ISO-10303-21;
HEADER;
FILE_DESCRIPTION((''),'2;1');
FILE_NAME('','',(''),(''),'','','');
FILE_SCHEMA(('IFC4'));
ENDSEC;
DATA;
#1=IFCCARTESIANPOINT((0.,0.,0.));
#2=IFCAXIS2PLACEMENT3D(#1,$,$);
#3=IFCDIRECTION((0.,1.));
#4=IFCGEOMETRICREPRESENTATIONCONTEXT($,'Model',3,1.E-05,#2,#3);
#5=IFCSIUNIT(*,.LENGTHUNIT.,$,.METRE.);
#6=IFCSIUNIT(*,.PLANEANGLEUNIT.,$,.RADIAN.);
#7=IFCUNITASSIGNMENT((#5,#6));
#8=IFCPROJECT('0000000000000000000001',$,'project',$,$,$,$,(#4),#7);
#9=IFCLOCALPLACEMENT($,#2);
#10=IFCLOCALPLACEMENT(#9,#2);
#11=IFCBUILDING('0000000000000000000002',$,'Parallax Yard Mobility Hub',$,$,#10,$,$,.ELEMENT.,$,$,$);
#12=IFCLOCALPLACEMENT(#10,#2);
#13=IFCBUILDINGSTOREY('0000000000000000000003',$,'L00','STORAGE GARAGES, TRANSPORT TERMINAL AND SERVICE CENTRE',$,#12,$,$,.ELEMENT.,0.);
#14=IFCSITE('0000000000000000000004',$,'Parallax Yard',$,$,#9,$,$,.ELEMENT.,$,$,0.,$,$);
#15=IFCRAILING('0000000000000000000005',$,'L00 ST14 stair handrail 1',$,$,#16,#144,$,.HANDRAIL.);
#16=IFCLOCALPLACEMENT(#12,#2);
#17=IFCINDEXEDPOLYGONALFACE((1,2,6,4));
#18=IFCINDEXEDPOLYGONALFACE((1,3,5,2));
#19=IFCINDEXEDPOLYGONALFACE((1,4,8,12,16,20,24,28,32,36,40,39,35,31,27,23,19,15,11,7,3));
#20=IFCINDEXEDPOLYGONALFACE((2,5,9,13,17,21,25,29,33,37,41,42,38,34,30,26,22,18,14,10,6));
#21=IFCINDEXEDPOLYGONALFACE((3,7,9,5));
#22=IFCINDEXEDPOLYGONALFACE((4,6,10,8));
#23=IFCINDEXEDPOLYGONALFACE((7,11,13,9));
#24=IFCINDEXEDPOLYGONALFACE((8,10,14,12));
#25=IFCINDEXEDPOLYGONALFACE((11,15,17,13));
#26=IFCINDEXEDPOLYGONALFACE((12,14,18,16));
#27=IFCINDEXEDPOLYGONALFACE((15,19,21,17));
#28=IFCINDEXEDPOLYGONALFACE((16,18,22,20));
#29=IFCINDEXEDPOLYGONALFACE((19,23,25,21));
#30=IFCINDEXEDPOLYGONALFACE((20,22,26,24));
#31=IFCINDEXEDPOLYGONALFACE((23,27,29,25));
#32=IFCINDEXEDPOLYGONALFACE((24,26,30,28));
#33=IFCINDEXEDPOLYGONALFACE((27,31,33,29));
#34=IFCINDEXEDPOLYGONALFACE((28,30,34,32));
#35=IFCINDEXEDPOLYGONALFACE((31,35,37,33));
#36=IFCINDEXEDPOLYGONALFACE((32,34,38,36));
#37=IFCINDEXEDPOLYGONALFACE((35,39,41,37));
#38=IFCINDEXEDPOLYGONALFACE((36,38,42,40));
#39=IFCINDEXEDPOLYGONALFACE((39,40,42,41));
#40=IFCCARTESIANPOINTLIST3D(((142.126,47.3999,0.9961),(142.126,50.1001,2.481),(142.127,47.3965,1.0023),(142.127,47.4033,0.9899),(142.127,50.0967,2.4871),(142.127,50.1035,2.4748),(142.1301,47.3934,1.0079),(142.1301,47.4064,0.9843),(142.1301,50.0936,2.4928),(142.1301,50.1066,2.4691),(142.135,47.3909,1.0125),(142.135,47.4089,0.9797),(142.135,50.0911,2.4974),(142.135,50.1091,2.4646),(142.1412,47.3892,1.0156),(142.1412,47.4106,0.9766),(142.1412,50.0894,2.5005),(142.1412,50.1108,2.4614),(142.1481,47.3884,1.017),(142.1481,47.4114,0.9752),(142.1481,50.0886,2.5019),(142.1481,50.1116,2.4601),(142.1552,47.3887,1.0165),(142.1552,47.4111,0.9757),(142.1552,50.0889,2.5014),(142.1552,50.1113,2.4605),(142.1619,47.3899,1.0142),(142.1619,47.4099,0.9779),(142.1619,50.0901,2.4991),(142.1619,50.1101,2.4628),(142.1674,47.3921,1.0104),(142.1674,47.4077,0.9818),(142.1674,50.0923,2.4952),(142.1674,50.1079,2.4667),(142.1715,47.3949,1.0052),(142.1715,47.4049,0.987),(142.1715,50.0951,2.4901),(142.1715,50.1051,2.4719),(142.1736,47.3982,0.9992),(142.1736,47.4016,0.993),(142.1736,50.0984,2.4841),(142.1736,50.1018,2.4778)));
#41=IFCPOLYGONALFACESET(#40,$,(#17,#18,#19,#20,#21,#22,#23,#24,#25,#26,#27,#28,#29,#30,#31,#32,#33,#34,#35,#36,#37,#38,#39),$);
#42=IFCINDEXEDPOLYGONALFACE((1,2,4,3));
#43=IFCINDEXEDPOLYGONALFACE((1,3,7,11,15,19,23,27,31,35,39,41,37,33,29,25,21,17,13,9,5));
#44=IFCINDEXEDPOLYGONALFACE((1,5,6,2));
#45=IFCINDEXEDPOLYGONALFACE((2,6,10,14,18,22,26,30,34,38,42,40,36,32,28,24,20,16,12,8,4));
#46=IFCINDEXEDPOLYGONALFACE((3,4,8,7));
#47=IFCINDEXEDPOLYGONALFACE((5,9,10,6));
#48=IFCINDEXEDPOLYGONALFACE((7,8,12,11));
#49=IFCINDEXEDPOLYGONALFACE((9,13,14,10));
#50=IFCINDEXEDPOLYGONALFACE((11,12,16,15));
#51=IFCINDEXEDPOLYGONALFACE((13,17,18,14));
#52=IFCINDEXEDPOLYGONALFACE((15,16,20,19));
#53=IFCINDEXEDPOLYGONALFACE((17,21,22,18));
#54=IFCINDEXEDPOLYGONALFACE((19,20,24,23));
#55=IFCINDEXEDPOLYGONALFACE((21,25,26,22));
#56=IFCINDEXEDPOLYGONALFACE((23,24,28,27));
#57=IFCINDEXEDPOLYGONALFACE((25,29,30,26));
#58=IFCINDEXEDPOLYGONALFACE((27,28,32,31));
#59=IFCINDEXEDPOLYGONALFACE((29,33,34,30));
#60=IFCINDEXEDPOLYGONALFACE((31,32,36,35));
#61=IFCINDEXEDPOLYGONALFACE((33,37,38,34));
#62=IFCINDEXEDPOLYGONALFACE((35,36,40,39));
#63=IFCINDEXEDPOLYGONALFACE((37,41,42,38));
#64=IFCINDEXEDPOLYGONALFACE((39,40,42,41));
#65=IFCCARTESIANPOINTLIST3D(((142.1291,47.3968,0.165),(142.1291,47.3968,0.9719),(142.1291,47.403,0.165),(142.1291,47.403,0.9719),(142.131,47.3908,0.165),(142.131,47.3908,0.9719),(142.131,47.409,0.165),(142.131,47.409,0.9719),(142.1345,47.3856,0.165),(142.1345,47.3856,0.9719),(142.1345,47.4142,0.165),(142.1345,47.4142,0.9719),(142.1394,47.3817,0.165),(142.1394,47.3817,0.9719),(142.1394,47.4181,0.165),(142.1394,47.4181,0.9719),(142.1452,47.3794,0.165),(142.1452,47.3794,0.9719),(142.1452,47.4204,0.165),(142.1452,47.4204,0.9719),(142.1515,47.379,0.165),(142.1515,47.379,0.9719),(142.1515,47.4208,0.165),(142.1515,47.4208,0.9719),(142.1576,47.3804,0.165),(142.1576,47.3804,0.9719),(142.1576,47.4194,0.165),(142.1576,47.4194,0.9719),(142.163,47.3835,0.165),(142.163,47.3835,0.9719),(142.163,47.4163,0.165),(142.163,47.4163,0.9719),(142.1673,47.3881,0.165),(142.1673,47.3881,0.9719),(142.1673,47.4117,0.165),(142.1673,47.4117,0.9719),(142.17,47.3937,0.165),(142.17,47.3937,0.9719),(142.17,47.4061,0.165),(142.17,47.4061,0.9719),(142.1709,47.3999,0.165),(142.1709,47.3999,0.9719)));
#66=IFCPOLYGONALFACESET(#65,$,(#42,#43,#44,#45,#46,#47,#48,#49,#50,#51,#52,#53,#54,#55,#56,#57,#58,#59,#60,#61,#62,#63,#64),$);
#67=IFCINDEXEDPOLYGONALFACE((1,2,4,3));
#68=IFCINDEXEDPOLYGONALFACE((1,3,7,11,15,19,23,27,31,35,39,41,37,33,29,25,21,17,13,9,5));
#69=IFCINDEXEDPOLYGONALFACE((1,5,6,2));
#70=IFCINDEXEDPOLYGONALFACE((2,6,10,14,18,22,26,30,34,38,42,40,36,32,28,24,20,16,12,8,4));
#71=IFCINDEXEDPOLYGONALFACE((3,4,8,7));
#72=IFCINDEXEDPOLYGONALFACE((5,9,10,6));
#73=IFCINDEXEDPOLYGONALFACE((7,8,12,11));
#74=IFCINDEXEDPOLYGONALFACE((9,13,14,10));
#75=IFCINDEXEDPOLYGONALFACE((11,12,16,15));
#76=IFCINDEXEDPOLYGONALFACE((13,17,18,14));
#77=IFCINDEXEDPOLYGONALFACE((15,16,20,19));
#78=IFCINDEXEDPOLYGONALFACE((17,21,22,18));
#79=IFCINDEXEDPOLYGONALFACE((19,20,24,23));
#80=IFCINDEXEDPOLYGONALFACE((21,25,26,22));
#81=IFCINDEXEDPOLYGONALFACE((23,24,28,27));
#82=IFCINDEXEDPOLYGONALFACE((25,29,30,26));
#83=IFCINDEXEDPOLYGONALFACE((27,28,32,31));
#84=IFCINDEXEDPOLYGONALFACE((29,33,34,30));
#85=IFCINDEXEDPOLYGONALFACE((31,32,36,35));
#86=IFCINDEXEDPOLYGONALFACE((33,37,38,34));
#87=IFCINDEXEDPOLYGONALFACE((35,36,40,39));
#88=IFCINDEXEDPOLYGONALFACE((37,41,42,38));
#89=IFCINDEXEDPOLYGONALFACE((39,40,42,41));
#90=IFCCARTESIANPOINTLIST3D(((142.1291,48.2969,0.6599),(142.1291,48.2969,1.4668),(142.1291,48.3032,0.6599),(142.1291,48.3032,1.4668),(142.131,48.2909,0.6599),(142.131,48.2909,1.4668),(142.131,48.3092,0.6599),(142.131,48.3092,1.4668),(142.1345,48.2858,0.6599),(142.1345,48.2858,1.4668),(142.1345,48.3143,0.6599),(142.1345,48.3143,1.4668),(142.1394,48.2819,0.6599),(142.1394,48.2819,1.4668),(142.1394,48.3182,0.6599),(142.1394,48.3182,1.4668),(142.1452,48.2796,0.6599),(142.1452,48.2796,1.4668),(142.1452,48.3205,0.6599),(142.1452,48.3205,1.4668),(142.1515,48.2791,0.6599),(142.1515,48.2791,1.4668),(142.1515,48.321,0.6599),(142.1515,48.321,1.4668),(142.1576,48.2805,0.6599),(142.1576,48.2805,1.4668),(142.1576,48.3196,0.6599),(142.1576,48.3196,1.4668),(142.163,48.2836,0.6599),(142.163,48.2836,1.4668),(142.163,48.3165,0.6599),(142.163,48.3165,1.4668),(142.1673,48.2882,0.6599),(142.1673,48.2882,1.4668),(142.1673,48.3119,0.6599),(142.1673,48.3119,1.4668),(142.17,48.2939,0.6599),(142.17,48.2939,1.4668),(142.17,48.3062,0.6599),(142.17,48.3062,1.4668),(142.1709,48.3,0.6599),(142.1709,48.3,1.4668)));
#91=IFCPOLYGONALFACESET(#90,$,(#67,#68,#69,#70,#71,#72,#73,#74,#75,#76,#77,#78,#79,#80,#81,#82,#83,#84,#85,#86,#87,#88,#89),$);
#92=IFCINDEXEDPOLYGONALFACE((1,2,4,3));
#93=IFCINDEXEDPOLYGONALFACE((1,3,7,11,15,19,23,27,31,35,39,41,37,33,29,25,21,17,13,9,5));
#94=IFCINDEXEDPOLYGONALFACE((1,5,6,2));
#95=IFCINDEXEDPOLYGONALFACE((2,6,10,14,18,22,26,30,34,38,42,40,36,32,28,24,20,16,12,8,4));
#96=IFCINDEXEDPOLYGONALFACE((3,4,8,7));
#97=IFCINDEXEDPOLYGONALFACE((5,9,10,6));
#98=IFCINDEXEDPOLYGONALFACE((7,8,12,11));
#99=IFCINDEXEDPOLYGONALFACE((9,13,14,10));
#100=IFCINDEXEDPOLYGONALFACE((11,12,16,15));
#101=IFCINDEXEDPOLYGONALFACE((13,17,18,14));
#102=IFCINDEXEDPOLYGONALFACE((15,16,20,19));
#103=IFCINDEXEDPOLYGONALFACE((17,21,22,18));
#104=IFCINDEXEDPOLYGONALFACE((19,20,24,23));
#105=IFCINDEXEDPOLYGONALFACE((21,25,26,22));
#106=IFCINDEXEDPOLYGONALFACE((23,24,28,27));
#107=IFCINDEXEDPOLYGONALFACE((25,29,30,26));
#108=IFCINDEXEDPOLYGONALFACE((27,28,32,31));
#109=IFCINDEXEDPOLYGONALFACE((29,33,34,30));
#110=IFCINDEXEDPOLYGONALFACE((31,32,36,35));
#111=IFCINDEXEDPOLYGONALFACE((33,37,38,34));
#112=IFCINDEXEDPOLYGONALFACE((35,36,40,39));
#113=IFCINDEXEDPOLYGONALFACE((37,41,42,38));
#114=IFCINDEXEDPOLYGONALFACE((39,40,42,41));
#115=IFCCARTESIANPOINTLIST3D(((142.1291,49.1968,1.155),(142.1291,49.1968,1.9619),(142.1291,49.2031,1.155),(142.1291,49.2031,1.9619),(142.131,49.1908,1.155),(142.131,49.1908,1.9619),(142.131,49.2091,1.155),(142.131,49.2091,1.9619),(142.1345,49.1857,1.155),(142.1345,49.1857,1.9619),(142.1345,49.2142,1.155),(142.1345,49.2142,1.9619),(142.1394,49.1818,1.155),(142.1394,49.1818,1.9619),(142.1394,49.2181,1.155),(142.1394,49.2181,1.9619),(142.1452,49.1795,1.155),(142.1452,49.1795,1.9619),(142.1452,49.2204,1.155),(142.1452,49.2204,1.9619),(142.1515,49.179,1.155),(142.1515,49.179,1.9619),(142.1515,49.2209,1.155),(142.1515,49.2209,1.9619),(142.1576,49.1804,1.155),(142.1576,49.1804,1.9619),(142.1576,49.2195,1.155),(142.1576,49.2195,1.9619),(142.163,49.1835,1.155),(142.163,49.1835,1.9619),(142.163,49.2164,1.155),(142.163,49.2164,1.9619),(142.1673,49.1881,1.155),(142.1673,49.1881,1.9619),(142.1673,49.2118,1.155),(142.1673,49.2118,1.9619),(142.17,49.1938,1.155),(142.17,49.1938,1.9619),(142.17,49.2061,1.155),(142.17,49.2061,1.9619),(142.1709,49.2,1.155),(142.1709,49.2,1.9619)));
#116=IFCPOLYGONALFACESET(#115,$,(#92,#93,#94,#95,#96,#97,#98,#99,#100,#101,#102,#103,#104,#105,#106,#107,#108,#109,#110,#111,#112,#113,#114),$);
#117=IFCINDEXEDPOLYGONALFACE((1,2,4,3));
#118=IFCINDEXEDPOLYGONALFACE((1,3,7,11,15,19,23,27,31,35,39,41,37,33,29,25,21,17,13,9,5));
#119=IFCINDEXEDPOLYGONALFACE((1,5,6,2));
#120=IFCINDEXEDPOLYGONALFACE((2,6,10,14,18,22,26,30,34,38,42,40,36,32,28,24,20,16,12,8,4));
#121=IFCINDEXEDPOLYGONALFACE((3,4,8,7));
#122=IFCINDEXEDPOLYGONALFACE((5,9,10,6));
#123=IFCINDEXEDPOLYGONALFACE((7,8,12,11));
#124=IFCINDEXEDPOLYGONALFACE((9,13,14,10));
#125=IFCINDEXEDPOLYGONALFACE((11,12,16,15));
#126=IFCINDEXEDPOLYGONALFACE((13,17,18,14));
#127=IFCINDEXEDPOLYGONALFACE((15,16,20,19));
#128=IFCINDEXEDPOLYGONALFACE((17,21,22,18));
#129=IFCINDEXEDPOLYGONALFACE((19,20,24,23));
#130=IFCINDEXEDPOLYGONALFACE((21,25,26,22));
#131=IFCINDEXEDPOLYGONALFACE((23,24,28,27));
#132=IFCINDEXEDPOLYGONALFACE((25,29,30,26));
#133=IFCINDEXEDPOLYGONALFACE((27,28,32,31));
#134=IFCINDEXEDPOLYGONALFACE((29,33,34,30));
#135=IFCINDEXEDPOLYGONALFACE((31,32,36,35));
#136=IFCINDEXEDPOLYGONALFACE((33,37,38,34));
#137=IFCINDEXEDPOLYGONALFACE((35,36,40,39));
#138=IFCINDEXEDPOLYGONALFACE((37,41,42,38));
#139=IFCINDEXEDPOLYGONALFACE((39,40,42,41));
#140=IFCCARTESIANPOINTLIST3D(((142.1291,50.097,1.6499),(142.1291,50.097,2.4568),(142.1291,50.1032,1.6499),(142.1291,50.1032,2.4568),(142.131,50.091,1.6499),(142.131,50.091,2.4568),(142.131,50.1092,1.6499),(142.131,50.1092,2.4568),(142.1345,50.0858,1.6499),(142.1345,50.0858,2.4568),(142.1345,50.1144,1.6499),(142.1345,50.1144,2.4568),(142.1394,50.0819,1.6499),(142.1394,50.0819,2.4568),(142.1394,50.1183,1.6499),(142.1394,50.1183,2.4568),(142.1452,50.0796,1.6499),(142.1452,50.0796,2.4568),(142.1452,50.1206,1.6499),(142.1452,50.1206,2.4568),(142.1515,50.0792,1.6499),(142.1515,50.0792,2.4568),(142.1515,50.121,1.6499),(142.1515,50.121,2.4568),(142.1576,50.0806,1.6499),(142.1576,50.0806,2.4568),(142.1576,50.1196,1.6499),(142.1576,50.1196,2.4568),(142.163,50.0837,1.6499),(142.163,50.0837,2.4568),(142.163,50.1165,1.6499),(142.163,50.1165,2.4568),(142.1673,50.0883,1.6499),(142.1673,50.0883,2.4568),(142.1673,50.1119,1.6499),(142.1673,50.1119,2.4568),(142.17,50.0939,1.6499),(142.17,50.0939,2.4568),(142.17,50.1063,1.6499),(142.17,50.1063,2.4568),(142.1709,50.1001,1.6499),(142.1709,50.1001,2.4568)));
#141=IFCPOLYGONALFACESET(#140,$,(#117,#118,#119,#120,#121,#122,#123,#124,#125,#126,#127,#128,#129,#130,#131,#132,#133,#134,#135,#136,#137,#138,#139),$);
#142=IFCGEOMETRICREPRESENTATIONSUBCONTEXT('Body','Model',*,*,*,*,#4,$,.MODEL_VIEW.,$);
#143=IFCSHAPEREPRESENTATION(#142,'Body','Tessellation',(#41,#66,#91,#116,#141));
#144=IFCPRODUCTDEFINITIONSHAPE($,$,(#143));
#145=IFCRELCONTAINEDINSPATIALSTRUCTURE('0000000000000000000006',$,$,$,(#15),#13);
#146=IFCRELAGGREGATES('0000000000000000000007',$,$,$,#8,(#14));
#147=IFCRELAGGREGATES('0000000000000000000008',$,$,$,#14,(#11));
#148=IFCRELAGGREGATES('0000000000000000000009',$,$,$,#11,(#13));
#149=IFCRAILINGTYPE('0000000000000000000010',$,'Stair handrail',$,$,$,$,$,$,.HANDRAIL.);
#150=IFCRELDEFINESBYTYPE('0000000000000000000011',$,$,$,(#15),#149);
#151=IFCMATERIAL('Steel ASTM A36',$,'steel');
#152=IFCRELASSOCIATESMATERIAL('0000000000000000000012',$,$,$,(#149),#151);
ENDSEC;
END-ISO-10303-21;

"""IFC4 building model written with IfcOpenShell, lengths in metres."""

from ifc_helpers import new_model, si_unit, direction, frame, origin, origin_2d, place, context, subcontext, project, spatial, circle, extrude, material, type_object, element, save


model = new_model("IFC4")

# Units and contexts
model_context = context("Model", 3, precision=1e-05, world=origin(), true_north=direction((0.0, 1.0)))
body_context = subcontext(model_context, "Body", "Model", "MODEL_VIEW")
ifc_project = project(units=[si_unit("LENGTHUNIT", "METRE"), si_unit("PLANEANGLEUNIT", "RADIAN")], contexts=[model_context])

# Site, building, storey
site_placement = place(None, origin())
site = spatial("IfcSite", under=ifc_project, at=site_placement, Name="Parallax Yard", CompositionType="ELEMENT", RefElevation=0.0)
building_placement = place(site_placement, origin())
building = spatial("IfcBuilding", under=site, at=building_placement, Name="Parallax Yard Mobility Hub", CompositionType="ELEMENT")
storey_placement = place(building_placement, origin())
storey = spatial("IfcBuildingStorey", under=building, at=storey_placement, Name="L00", Description="STORAGE GARAGES, TRANSPORT TERMINAL AND SERVICE CENTRE", CompositionType="ELEMENT", Elevation=0.0)

# Railing
ifc_material_1 = material(Name="Steel ASTM A36", Category="steel")
railing_type_1 = type_object("IfcRailingType", Name="Stair handrail", PredefinedType="HANDRAIL", material=ifc_material_1)
railing_1_placement = place(storey_placement, frame((142.1499, 47.3999, 0.165)))
element("IfcRailing", 1, at=railing_1_placement, inside=storey, type_object=railing_type_1, Name="L00 ST14 stair handrail 1", PredefinedType="HANDRAIL", context=body_context, shape_type="SweptSolid", body=[
    extrude(circle(Radius=0.0239, at=origin_2d()), frame((0.0, 0.0, 0.8311), z_axis=(0.0, 0.876249, 0.481858), x_axis=(-1.0, 0.0, 0.0)), (0.0, 0.0, 1.0), 3.0815),
    extrude(circle(Radius=0.021, at=origin_2d()), origin(), (0.0, 0.0, 1.0), 0.8069),
    extrude(circle(Radius=0.021, at=origin_2d()), frame((0.0, 0.9001, 0.4949)), (0.0, 0.0, 1.0), 0.8069),
    extrude(circle(Radius=0.021, at=origin_2d()), frame((0.0, 1.8, 0.99)), (0.0, 0.0, 1.0), 0.8069),
    extrude(circle(Radius=0.021, at=origin_2d()), frame((0.0, 2.7002, 1.4849)), (0.0, 0.0, 1.0), 0.8069),
])

save(model, "model.ifc")
